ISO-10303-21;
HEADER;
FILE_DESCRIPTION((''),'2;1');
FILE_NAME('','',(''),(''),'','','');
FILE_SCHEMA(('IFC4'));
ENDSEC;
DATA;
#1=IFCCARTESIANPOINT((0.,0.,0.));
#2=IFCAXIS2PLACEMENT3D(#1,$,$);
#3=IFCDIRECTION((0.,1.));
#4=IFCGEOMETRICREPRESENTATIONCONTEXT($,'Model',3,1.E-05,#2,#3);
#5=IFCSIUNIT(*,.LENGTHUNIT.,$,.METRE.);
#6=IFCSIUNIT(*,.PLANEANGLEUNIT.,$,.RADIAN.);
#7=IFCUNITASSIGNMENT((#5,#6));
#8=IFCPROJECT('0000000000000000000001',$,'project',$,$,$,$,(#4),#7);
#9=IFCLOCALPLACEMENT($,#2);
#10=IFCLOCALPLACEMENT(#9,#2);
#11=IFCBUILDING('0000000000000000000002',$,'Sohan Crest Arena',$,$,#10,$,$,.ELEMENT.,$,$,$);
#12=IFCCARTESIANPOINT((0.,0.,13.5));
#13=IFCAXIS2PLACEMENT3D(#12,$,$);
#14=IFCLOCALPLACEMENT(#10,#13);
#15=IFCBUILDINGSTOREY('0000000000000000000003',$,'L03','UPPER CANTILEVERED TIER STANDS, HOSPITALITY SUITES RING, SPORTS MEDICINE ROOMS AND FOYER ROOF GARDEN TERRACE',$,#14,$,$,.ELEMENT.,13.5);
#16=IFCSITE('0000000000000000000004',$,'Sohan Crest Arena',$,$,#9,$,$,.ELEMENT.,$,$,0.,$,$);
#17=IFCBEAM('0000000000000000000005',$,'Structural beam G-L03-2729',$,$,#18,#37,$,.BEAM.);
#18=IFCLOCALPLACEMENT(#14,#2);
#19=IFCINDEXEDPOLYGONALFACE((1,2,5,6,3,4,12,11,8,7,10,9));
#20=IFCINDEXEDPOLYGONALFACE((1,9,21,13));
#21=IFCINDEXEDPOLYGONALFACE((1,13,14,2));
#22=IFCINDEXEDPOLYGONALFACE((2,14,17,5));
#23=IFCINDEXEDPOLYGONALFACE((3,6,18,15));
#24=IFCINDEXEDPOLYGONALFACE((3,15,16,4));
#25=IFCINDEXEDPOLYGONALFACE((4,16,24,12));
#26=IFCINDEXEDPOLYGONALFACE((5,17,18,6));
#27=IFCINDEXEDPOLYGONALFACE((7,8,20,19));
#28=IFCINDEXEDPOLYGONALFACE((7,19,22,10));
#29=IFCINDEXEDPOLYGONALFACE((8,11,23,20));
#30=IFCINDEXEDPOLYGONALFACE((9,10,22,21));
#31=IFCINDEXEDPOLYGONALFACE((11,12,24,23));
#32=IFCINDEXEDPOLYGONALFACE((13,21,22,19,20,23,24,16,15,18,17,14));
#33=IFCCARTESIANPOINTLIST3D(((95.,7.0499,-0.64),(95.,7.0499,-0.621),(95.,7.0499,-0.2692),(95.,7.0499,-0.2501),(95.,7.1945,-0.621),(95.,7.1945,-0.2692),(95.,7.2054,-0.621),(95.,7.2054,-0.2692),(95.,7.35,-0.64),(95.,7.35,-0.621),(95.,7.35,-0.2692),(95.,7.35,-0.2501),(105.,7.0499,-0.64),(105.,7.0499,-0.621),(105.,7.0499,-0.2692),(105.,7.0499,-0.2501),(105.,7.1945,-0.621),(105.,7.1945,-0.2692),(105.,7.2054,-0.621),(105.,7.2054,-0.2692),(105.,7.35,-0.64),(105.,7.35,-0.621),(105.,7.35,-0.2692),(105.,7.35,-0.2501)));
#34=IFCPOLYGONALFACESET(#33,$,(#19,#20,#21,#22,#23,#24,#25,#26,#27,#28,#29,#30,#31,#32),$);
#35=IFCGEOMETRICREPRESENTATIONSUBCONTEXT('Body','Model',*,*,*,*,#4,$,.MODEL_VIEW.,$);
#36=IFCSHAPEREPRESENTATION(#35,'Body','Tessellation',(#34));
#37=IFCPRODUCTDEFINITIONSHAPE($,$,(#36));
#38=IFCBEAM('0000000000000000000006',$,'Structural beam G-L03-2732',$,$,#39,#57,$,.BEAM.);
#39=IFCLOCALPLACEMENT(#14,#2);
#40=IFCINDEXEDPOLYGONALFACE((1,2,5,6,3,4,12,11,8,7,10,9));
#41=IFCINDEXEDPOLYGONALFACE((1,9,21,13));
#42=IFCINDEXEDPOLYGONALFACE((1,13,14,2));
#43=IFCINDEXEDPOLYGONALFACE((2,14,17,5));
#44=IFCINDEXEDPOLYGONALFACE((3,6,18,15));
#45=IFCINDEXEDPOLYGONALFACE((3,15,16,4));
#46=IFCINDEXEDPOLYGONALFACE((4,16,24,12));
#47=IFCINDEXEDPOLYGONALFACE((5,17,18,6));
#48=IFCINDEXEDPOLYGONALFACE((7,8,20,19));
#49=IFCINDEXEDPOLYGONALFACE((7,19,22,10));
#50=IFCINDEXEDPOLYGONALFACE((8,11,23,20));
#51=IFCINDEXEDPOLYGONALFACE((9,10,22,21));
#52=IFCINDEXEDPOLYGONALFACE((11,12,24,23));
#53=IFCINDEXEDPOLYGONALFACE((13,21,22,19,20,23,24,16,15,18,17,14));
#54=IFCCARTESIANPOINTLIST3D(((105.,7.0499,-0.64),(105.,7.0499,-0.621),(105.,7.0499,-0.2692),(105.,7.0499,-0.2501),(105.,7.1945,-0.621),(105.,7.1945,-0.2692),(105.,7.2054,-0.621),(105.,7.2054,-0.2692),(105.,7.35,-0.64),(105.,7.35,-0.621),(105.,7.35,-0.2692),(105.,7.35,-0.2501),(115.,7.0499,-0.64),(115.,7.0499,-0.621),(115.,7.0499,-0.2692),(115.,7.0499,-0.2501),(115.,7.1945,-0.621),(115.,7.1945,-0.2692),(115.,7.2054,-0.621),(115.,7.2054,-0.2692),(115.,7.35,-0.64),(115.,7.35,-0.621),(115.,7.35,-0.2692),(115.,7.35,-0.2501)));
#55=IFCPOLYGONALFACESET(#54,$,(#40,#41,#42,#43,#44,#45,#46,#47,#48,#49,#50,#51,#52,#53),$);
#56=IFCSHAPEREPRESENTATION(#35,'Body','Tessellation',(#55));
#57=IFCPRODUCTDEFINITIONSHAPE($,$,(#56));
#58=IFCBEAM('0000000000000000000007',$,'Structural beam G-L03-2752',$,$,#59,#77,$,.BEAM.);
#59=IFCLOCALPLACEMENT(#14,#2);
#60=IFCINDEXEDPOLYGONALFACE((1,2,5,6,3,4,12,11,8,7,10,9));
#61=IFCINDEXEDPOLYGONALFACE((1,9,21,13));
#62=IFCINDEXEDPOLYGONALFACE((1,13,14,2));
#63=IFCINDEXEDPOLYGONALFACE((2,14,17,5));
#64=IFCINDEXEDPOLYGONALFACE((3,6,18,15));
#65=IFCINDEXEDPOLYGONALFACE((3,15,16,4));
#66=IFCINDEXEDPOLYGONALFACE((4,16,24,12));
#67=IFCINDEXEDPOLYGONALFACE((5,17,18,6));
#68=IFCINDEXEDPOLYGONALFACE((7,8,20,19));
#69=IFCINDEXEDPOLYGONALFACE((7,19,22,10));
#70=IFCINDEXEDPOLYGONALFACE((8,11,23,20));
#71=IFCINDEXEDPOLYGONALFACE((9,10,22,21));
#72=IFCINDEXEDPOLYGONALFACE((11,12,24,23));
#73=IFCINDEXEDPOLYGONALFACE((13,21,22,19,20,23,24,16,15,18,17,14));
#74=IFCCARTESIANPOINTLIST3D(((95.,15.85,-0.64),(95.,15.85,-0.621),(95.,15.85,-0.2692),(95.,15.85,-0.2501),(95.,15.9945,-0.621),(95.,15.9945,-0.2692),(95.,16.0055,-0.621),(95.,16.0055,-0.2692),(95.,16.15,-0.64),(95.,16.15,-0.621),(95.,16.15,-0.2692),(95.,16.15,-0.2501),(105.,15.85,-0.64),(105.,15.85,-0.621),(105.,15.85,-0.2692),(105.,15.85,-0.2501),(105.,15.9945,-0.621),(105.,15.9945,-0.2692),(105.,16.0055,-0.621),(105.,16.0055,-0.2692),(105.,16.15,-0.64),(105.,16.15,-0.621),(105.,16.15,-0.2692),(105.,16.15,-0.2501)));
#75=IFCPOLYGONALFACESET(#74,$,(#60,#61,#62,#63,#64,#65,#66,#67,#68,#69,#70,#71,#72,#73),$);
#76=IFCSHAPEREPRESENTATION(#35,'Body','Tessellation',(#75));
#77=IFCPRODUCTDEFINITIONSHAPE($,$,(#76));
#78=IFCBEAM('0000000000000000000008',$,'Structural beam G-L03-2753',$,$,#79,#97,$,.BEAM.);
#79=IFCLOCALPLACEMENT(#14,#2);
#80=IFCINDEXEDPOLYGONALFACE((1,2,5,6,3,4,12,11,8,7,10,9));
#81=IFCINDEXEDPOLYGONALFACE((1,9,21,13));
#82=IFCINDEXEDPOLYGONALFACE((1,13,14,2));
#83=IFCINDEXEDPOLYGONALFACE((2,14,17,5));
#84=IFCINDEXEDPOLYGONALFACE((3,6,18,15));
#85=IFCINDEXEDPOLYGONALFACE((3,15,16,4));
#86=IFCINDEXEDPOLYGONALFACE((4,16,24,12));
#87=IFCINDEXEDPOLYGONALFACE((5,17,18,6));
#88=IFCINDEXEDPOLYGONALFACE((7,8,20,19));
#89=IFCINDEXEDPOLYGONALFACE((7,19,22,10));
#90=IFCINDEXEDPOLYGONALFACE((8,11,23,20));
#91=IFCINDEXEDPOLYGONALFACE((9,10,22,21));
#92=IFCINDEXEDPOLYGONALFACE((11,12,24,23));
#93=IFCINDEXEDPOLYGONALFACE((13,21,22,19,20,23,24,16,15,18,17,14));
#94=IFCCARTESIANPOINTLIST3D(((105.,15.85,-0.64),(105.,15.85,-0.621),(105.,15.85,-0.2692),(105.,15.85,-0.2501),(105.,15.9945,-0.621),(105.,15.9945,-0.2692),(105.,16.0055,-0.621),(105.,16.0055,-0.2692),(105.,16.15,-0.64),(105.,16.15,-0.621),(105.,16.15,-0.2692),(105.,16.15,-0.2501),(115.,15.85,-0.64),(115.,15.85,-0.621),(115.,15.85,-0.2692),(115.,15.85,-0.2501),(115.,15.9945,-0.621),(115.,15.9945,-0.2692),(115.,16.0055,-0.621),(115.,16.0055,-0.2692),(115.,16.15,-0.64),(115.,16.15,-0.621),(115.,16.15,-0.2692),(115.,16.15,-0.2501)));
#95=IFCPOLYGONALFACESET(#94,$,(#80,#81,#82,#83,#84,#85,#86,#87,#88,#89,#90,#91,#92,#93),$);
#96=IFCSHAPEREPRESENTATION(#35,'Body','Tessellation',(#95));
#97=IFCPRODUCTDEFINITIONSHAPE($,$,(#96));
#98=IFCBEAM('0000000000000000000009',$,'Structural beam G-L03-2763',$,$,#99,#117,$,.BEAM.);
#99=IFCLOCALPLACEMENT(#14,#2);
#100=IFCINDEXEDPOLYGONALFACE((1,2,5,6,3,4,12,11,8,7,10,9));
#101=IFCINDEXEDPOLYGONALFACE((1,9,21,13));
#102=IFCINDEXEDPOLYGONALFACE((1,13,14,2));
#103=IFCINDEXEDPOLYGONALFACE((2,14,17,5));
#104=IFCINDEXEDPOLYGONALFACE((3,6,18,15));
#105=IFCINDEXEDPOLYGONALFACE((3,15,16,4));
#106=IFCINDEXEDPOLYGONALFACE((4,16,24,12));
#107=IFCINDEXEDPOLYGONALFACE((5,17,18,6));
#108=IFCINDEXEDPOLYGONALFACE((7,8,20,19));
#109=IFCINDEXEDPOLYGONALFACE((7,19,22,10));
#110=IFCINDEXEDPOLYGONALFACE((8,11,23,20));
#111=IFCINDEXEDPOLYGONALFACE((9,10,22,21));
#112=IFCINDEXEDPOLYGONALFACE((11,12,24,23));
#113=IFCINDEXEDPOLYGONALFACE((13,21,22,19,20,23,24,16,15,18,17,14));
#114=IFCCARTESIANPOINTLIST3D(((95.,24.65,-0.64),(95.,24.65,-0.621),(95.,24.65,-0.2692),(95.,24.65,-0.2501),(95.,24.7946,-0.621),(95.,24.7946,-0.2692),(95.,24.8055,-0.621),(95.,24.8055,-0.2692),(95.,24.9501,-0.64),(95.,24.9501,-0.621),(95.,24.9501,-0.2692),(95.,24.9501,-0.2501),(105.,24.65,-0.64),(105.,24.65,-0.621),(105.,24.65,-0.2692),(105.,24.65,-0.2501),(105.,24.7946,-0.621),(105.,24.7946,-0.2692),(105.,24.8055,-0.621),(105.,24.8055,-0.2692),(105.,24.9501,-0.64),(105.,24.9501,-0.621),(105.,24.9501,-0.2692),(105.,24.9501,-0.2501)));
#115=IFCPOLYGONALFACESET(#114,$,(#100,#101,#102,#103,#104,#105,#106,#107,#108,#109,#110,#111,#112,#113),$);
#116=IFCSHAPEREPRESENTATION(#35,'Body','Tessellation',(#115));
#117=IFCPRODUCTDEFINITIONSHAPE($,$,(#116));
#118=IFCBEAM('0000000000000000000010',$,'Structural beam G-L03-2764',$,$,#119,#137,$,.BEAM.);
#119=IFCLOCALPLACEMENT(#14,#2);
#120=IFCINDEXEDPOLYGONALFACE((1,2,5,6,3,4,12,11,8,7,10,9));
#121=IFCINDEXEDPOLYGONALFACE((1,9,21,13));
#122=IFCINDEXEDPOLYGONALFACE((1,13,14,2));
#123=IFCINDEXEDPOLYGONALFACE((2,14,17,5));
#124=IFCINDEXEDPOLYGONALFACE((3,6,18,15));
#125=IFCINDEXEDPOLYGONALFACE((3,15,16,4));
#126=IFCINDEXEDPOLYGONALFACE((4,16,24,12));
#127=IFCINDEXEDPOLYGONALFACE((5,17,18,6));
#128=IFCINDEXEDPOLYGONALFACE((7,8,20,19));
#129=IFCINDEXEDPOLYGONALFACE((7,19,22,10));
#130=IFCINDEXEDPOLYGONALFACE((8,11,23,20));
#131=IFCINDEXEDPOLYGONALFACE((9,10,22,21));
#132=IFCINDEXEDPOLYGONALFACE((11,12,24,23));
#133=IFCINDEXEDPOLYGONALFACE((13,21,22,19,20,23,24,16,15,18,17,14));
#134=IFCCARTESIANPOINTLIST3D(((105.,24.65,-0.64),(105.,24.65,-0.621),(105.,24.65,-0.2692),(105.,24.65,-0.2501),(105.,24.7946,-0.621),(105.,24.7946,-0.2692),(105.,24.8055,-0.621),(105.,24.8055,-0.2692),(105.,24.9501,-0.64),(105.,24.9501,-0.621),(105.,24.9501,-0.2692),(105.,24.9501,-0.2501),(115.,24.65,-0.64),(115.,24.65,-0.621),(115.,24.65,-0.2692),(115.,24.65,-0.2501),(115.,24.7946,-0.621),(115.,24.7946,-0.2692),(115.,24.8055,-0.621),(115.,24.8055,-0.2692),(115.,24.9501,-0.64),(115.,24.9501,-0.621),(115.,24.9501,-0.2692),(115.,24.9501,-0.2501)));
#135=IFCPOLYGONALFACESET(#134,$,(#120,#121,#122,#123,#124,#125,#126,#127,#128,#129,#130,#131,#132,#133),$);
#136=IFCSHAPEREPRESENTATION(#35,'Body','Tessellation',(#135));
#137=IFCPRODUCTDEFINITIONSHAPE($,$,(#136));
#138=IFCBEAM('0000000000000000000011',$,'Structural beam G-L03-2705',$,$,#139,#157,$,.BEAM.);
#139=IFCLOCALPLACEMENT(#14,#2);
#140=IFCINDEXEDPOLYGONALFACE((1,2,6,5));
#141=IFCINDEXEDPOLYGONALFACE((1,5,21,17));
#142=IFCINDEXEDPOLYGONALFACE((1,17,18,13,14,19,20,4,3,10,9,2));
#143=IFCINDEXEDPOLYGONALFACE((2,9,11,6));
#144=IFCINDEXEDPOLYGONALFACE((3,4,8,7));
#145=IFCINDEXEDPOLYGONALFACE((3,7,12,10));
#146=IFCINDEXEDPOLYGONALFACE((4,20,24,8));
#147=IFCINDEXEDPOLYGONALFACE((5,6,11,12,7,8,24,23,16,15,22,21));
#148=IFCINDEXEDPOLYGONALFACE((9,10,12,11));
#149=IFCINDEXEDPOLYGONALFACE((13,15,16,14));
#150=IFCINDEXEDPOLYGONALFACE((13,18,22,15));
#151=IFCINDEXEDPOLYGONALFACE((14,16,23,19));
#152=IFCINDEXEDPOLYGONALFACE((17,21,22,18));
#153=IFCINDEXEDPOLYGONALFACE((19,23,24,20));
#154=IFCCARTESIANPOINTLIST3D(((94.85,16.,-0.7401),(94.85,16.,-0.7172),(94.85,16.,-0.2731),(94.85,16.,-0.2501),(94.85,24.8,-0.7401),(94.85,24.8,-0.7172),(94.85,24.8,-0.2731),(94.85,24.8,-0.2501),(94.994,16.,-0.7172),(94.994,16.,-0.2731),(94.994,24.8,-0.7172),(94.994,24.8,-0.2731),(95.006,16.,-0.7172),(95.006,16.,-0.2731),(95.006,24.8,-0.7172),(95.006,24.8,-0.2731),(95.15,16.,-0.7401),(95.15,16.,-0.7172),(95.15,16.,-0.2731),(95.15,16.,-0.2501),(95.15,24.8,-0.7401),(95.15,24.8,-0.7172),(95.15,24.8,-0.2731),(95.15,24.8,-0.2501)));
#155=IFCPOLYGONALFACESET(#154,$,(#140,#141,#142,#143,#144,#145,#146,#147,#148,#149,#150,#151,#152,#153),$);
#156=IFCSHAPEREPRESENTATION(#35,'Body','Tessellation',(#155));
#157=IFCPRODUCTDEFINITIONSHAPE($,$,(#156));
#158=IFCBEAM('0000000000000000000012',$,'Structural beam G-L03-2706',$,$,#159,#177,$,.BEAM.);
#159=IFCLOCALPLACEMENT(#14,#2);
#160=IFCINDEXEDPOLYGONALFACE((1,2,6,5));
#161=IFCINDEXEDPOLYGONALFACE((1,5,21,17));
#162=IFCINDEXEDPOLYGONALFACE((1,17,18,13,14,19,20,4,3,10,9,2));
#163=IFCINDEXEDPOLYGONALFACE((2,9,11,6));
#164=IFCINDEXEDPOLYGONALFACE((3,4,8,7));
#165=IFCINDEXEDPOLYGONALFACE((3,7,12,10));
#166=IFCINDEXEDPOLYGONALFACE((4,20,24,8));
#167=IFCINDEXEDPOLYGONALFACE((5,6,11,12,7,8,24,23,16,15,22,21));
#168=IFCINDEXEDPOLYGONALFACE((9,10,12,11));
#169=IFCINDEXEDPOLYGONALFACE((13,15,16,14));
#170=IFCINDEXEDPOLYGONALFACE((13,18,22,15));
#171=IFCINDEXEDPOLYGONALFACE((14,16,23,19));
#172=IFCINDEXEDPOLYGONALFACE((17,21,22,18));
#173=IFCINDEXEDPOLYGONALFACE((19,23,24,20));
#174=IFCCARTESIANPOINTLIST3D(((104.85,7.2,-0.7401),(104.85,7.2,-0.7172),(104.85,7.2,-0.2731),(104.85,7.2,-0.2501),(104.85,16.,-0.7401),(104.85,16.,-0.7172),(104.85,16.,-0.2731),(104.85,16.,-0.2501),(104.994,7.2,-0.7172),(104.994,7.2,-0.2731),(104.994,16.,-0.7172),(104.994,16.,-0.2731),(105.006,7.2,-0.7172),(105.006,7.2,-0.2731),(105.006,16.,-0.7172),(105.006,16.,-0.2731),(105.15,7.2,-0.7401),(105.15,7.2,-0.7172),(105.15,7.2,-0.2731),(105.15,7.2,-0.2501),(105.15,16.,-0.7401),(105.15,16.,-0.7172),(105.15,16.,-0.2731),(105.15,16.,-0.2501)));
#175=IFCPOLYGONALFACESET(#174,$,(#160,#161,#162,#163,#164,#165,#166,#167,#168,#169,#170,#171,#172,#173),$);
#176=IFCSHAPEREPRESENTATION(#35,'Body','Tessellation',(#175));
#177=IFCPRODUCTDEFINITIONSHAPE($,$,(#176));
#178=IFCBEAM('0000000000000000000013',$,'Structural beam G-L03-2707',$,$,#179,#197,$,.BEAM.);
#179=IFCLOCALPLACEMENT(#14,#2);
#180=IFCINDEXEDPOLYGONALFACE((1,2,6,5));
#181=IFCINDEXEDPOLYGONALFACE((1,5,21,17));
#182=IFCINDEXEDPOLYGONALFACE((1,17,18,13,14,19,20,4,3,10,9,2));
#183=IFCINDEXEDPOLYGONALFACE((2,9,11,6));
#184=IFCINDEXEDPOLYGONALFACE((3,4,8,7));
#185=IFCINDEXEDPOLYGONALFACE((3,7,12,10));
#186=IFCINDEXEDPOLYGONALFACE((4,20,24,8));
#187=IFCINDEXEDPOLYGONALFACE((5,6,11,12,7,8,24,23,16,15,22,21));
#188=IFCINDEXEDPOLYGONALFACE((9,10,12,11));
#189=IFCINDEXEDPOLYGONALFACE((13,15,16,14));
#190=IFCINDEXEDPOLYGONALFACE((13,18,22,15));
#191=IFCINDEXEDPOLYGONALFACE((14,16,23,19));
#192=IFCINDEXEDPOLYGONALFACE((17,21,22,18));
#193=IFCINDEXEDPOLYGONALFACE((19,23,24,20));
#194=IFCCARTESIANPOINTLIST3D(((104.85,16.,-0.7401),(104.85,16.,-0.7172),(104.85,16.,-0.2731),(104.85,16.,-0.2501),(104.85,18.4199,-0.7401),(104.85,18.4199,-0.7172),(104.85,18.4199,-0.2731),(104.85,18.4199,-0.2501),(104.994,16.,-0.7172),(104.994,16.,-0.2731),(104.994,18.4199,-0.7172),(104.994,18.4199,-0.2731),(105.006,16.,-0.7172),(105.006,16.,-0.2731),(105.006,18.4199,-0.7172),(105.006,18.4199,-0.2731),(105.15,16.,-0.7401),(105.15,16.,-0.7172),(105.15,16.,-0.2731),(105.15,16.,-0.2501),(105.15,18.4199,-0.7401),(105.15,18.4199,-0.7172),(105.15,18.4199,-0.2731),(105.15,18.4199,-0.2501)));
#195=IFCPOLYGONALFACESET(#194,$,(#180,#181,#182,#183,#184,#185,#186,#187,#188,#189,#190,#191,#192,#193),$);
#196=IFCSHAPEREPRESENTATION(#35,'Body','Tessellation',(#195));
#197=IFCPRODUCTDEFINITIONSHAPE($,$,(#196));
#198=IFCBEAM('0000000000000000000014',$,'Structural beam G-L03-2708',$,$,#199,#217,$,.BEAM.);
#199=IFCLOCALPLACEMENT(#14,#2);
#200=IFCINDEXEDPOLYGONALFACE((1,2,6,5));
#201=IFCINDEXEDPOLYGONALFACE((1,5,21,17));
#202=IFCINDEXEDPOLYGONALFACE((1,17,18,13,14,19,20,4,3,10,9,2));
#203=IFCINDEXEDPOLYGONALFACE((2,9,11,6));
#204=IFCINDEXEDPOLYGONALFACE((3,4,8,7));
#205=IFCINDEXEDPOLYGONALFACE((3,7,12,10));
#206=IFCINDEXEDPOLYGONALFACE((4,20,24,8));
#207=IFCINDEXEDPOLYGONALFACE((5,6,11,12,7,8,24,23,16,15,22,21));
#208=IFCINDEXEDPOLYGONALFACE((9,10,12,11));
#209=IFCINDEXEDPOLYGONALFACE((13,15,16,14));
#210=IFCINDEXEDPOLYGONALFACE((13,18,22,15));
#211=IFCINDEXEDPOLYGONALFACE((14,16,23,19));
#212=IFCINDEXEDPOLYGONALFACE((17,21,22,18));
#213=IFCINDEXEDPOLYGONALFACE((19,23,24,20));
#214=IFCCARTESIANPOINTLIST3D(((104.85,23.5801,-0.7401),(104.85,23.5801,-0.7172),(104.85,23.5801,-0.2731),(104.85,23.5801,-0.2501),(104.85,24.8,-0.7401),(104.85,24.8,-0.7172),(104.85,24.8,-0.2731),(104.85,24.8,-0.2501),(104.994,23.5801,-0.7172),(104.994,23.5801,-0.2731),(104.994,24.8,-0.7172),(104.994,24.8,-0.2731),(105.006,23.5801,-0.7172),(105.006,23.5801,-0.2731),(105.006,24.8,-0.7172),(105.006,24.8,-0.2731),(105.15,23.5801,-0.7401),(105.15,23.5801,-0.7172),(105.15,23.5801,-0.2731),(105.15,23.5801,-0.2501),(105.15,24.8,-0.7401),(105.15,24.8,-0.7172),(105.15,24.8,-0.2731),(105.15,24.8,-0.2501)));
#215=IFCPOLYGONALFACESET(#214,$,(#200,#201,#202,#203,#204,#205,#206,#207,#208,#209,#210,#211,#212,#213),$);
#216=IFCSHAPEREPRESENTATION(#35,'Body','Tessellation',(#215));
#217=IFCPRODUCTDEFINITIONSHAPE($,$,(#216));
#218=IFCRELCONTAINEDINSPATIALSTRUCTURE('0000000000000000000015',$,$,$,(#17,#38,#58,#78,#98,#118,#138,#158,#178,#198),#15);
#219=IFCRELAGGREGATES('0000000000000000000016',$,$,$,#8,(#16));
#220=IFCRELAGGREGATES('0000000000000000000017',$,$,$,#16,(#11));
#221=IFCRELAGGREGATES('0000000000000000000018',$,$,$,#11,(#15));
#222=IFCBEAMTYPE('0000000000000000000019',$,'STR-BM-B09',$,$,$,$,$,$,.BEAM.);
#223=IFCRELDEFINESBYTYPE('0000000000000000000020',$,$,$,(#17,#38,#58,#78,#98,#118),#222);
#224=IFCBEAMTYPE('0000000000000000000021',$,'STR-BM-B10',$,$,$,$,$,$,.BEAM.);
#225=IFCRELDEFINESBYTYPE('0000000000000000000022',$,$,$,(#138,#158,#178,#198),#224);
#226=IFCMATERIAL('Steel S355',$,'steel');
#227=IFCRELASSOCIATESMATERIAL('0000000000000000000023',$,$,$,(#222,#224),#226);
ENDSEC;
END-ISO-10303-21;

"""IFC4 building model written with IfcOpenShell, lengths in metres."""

from ifc_helpers import new_model, si_unit, direction, frame, origin, origin_2d, place, context, subcontext, project, spatial, i_section, extrude, material, material_profile, profile_set, type_object, element, save


model = new_model("IFC4")

# Units and contexts
model_context = context("Model", 3, precision=1e-05, world=origin(), true_north=direction((0.0, 1.0)))
body_context = subcontext(model_context, "Body", "Model", "MODEL_VIEW")
ifc_project = project(units=[si_unit("LENGTHUNIT", "METRE"), si_unit("PLANEANGLEUNIT", "RADIAN")], contexts=[model_context])

# Site, building, storey
site_placement = place(None, origin())
site = spatial("IfcSite", under=ifc_project, at=site_placement, Name="Sohan Crest Arena", CompositionType="ELEMENT", RefElevation=0.0)
building_placement = place(site_placement, origin())
building = spatial("IfcBuilding", under=site, at=building_placement, Name="Sohan Crest Arena", CompositionType="ELEMENT")
storey_placement = place(building_placement, frame((0.0, 0.0, 13.5)))
storey = spatial("IfcBuildingStorey", under=building, at=storey_placement, Name="L03", Description="UPPER CANTILEVERED TIER STANDS, HOSPITALITY SUITES RING, SPORTS MEDICINE ROOMS AND FOYER ROOF GARDEN TERRACE", CompositionType="ELEMENT", Elevation=13.5)

# Shared definitions
ifc_material_1 = material(Name="Steel S355", Category="steel")

# Beams
ifc_material_profile_1 = material_profile(ifc_material_1, i_section(OverallWidth=0.3, OverallDepth=0.3899, WebThickness=0.011, FlangeThickness=0.019, at=origin_2d()), Name="HEA 400")
ifc_profile_set_1 = profile_set([ifc_material_profile_1], Name="Steel S355")
beam_type_1 = type_object("IfcBeamType", Name="STR-BM-B09", PredefinedType="BEAM", material=ifc_profile_set_1)
for number, where, z_axis, x_axis, name in (
    (1, (95.0, 7.2, -0.4451), (1.0, 0.0, 0.0), (0.0, 1.0, 0.0), "Structural beam G-L03-2729"),
    (2, (105.0, 7.2, -0.4451), (1.0, 0.0, 0.0), (0.0, 1.0, 0.0), "Structural beam G-L03-2732"),
    (3, (95.0, 16.0, -0.4451), (1.0, 0.0, 0.0), (0.0, 1.0, 0.0), "Structural beam G-L03-2752"),
    (4, (105.0, 16.0, -0.4451), (1.0, 0.0, 0.0), (0.0, 1.0, 0.0), "Structural beam G-L03-2753"),
    (5, (95.0, 24.8, -0.4451), (1.0, 0.0, 0.0), (0.0, 1.0, 0.0), "Structural beam G-L03-2763"),
    (6, (105.0, 24.8, -0.4451), (1.0, 0.0, 0.0), (0.0, 1.0, 0.0), "Structural beam G-L03-2764"),
):
    element("IfcBeam", number, at=place(storey_placement, frame(where, z_axis=z_axis, x_axis=x_axis)), inside=storey, type_object=beam_type_1, Name=name, PredefinedType="BEAM", context=body_context, shape_type="SweptSolid", body=[
        extrude(i_section(OverallWidth=0.3, OverallDepth=0.3899, WebThickness=0.011, FlangeThickness=0.019, at=origin_2d()), origin(), (0.0, 0.0, 1.0), 10.0),
    ])
ifc_material_profile_2 = material_profile(ifc_material_1, i_section(OverallWidth=0.3, OverallDepth=0.49, WebThickness=0.012, FlangeThickness=0.0229, at=origin_2d()), Name="HEA 500")
ifc_profile_set_2 = profile_set([ifc_material_profile_2], Name="Steel S355")
beam_type_2 = type_object("IfcBeamType", Name="STR-BM-B10", PredefinedType="BEAM", material=ifc_profile_set_2)
for number, where, z_axis, x_axis, name in (
    (7, (95.0, 16.0, -0.4951), (0.0, 1.0, 0.0), (-1.0, 0.0, 0.0), "Structural beam G-L03-2705"),
    (8, (105.0, 7.2, -0.4951), (0.0, 1.0, 0.0), (-1.0, 0.0, 0.0), "Structural beam G-L03-2706"),
):
    element("IfcBeam", number, at=place(storey_placement, frame(where, z_axis=z_axis, x_axis=x_axis)), inside=storey, type_object=beam_type_2, Name=name, PredefinedType="BEAM", context=body_context, shape_type="SweptSolid", body=[
        extrude(i_section(OverallWidth=0.3, OverallDepth=0.49, WebThickness=0.012, FlangeThickness=0.0229, at=origin_2d()), origin(), (0.0, 0.0, 1.0), 8.8),
    ])
beam_1_placement = place(storey_placement, frame((105.0, 16.0, -0.4951), z_axis=(0.0, 1.0, 0.0), x_axis=(-1.0, 0.0, 0.0)))
element("IfcBeam", 9, at=beam_1_placement, inside=storey, type_object=beam_type_2, Name="Structural beam G-L03-2707", PredefinedType="BEAM", context=body_context, shape_type="SweptSolid", body=[
    extrude(i_section(OverallWidth=0.3, OverallDepth=0.49, WebThickness=0.012, FlangeThickness=0.0229, at=origin_2d()), origin(), (0.0, 0.0, 1.0), 2.4199),
])
beam_2_placement = place(storey_placement, frame((105.0, 23.5801, -0.4951), z_axis=(0.0, 1.0, 0.0), x_axis=(-1.0, 0.0, 0.0)))
element("IfcBeam", 10, at=beam_2_placement, inside=storey, type_object=beam_type_2, Name="Structural beam G-L03-2708", PredefinedType="BEAM", context=body_context, shape_type="SweptSolid", body=[
    extrude(i_section(OverallWidth=0.3, OverallDepth=0.49, WebThickness=0.012, FlangeThickness=0.0229, at=origin_2d()), origin(), (0.0, 0.0, 1.0), 1.22),
])

save(model, "model.ifc")
